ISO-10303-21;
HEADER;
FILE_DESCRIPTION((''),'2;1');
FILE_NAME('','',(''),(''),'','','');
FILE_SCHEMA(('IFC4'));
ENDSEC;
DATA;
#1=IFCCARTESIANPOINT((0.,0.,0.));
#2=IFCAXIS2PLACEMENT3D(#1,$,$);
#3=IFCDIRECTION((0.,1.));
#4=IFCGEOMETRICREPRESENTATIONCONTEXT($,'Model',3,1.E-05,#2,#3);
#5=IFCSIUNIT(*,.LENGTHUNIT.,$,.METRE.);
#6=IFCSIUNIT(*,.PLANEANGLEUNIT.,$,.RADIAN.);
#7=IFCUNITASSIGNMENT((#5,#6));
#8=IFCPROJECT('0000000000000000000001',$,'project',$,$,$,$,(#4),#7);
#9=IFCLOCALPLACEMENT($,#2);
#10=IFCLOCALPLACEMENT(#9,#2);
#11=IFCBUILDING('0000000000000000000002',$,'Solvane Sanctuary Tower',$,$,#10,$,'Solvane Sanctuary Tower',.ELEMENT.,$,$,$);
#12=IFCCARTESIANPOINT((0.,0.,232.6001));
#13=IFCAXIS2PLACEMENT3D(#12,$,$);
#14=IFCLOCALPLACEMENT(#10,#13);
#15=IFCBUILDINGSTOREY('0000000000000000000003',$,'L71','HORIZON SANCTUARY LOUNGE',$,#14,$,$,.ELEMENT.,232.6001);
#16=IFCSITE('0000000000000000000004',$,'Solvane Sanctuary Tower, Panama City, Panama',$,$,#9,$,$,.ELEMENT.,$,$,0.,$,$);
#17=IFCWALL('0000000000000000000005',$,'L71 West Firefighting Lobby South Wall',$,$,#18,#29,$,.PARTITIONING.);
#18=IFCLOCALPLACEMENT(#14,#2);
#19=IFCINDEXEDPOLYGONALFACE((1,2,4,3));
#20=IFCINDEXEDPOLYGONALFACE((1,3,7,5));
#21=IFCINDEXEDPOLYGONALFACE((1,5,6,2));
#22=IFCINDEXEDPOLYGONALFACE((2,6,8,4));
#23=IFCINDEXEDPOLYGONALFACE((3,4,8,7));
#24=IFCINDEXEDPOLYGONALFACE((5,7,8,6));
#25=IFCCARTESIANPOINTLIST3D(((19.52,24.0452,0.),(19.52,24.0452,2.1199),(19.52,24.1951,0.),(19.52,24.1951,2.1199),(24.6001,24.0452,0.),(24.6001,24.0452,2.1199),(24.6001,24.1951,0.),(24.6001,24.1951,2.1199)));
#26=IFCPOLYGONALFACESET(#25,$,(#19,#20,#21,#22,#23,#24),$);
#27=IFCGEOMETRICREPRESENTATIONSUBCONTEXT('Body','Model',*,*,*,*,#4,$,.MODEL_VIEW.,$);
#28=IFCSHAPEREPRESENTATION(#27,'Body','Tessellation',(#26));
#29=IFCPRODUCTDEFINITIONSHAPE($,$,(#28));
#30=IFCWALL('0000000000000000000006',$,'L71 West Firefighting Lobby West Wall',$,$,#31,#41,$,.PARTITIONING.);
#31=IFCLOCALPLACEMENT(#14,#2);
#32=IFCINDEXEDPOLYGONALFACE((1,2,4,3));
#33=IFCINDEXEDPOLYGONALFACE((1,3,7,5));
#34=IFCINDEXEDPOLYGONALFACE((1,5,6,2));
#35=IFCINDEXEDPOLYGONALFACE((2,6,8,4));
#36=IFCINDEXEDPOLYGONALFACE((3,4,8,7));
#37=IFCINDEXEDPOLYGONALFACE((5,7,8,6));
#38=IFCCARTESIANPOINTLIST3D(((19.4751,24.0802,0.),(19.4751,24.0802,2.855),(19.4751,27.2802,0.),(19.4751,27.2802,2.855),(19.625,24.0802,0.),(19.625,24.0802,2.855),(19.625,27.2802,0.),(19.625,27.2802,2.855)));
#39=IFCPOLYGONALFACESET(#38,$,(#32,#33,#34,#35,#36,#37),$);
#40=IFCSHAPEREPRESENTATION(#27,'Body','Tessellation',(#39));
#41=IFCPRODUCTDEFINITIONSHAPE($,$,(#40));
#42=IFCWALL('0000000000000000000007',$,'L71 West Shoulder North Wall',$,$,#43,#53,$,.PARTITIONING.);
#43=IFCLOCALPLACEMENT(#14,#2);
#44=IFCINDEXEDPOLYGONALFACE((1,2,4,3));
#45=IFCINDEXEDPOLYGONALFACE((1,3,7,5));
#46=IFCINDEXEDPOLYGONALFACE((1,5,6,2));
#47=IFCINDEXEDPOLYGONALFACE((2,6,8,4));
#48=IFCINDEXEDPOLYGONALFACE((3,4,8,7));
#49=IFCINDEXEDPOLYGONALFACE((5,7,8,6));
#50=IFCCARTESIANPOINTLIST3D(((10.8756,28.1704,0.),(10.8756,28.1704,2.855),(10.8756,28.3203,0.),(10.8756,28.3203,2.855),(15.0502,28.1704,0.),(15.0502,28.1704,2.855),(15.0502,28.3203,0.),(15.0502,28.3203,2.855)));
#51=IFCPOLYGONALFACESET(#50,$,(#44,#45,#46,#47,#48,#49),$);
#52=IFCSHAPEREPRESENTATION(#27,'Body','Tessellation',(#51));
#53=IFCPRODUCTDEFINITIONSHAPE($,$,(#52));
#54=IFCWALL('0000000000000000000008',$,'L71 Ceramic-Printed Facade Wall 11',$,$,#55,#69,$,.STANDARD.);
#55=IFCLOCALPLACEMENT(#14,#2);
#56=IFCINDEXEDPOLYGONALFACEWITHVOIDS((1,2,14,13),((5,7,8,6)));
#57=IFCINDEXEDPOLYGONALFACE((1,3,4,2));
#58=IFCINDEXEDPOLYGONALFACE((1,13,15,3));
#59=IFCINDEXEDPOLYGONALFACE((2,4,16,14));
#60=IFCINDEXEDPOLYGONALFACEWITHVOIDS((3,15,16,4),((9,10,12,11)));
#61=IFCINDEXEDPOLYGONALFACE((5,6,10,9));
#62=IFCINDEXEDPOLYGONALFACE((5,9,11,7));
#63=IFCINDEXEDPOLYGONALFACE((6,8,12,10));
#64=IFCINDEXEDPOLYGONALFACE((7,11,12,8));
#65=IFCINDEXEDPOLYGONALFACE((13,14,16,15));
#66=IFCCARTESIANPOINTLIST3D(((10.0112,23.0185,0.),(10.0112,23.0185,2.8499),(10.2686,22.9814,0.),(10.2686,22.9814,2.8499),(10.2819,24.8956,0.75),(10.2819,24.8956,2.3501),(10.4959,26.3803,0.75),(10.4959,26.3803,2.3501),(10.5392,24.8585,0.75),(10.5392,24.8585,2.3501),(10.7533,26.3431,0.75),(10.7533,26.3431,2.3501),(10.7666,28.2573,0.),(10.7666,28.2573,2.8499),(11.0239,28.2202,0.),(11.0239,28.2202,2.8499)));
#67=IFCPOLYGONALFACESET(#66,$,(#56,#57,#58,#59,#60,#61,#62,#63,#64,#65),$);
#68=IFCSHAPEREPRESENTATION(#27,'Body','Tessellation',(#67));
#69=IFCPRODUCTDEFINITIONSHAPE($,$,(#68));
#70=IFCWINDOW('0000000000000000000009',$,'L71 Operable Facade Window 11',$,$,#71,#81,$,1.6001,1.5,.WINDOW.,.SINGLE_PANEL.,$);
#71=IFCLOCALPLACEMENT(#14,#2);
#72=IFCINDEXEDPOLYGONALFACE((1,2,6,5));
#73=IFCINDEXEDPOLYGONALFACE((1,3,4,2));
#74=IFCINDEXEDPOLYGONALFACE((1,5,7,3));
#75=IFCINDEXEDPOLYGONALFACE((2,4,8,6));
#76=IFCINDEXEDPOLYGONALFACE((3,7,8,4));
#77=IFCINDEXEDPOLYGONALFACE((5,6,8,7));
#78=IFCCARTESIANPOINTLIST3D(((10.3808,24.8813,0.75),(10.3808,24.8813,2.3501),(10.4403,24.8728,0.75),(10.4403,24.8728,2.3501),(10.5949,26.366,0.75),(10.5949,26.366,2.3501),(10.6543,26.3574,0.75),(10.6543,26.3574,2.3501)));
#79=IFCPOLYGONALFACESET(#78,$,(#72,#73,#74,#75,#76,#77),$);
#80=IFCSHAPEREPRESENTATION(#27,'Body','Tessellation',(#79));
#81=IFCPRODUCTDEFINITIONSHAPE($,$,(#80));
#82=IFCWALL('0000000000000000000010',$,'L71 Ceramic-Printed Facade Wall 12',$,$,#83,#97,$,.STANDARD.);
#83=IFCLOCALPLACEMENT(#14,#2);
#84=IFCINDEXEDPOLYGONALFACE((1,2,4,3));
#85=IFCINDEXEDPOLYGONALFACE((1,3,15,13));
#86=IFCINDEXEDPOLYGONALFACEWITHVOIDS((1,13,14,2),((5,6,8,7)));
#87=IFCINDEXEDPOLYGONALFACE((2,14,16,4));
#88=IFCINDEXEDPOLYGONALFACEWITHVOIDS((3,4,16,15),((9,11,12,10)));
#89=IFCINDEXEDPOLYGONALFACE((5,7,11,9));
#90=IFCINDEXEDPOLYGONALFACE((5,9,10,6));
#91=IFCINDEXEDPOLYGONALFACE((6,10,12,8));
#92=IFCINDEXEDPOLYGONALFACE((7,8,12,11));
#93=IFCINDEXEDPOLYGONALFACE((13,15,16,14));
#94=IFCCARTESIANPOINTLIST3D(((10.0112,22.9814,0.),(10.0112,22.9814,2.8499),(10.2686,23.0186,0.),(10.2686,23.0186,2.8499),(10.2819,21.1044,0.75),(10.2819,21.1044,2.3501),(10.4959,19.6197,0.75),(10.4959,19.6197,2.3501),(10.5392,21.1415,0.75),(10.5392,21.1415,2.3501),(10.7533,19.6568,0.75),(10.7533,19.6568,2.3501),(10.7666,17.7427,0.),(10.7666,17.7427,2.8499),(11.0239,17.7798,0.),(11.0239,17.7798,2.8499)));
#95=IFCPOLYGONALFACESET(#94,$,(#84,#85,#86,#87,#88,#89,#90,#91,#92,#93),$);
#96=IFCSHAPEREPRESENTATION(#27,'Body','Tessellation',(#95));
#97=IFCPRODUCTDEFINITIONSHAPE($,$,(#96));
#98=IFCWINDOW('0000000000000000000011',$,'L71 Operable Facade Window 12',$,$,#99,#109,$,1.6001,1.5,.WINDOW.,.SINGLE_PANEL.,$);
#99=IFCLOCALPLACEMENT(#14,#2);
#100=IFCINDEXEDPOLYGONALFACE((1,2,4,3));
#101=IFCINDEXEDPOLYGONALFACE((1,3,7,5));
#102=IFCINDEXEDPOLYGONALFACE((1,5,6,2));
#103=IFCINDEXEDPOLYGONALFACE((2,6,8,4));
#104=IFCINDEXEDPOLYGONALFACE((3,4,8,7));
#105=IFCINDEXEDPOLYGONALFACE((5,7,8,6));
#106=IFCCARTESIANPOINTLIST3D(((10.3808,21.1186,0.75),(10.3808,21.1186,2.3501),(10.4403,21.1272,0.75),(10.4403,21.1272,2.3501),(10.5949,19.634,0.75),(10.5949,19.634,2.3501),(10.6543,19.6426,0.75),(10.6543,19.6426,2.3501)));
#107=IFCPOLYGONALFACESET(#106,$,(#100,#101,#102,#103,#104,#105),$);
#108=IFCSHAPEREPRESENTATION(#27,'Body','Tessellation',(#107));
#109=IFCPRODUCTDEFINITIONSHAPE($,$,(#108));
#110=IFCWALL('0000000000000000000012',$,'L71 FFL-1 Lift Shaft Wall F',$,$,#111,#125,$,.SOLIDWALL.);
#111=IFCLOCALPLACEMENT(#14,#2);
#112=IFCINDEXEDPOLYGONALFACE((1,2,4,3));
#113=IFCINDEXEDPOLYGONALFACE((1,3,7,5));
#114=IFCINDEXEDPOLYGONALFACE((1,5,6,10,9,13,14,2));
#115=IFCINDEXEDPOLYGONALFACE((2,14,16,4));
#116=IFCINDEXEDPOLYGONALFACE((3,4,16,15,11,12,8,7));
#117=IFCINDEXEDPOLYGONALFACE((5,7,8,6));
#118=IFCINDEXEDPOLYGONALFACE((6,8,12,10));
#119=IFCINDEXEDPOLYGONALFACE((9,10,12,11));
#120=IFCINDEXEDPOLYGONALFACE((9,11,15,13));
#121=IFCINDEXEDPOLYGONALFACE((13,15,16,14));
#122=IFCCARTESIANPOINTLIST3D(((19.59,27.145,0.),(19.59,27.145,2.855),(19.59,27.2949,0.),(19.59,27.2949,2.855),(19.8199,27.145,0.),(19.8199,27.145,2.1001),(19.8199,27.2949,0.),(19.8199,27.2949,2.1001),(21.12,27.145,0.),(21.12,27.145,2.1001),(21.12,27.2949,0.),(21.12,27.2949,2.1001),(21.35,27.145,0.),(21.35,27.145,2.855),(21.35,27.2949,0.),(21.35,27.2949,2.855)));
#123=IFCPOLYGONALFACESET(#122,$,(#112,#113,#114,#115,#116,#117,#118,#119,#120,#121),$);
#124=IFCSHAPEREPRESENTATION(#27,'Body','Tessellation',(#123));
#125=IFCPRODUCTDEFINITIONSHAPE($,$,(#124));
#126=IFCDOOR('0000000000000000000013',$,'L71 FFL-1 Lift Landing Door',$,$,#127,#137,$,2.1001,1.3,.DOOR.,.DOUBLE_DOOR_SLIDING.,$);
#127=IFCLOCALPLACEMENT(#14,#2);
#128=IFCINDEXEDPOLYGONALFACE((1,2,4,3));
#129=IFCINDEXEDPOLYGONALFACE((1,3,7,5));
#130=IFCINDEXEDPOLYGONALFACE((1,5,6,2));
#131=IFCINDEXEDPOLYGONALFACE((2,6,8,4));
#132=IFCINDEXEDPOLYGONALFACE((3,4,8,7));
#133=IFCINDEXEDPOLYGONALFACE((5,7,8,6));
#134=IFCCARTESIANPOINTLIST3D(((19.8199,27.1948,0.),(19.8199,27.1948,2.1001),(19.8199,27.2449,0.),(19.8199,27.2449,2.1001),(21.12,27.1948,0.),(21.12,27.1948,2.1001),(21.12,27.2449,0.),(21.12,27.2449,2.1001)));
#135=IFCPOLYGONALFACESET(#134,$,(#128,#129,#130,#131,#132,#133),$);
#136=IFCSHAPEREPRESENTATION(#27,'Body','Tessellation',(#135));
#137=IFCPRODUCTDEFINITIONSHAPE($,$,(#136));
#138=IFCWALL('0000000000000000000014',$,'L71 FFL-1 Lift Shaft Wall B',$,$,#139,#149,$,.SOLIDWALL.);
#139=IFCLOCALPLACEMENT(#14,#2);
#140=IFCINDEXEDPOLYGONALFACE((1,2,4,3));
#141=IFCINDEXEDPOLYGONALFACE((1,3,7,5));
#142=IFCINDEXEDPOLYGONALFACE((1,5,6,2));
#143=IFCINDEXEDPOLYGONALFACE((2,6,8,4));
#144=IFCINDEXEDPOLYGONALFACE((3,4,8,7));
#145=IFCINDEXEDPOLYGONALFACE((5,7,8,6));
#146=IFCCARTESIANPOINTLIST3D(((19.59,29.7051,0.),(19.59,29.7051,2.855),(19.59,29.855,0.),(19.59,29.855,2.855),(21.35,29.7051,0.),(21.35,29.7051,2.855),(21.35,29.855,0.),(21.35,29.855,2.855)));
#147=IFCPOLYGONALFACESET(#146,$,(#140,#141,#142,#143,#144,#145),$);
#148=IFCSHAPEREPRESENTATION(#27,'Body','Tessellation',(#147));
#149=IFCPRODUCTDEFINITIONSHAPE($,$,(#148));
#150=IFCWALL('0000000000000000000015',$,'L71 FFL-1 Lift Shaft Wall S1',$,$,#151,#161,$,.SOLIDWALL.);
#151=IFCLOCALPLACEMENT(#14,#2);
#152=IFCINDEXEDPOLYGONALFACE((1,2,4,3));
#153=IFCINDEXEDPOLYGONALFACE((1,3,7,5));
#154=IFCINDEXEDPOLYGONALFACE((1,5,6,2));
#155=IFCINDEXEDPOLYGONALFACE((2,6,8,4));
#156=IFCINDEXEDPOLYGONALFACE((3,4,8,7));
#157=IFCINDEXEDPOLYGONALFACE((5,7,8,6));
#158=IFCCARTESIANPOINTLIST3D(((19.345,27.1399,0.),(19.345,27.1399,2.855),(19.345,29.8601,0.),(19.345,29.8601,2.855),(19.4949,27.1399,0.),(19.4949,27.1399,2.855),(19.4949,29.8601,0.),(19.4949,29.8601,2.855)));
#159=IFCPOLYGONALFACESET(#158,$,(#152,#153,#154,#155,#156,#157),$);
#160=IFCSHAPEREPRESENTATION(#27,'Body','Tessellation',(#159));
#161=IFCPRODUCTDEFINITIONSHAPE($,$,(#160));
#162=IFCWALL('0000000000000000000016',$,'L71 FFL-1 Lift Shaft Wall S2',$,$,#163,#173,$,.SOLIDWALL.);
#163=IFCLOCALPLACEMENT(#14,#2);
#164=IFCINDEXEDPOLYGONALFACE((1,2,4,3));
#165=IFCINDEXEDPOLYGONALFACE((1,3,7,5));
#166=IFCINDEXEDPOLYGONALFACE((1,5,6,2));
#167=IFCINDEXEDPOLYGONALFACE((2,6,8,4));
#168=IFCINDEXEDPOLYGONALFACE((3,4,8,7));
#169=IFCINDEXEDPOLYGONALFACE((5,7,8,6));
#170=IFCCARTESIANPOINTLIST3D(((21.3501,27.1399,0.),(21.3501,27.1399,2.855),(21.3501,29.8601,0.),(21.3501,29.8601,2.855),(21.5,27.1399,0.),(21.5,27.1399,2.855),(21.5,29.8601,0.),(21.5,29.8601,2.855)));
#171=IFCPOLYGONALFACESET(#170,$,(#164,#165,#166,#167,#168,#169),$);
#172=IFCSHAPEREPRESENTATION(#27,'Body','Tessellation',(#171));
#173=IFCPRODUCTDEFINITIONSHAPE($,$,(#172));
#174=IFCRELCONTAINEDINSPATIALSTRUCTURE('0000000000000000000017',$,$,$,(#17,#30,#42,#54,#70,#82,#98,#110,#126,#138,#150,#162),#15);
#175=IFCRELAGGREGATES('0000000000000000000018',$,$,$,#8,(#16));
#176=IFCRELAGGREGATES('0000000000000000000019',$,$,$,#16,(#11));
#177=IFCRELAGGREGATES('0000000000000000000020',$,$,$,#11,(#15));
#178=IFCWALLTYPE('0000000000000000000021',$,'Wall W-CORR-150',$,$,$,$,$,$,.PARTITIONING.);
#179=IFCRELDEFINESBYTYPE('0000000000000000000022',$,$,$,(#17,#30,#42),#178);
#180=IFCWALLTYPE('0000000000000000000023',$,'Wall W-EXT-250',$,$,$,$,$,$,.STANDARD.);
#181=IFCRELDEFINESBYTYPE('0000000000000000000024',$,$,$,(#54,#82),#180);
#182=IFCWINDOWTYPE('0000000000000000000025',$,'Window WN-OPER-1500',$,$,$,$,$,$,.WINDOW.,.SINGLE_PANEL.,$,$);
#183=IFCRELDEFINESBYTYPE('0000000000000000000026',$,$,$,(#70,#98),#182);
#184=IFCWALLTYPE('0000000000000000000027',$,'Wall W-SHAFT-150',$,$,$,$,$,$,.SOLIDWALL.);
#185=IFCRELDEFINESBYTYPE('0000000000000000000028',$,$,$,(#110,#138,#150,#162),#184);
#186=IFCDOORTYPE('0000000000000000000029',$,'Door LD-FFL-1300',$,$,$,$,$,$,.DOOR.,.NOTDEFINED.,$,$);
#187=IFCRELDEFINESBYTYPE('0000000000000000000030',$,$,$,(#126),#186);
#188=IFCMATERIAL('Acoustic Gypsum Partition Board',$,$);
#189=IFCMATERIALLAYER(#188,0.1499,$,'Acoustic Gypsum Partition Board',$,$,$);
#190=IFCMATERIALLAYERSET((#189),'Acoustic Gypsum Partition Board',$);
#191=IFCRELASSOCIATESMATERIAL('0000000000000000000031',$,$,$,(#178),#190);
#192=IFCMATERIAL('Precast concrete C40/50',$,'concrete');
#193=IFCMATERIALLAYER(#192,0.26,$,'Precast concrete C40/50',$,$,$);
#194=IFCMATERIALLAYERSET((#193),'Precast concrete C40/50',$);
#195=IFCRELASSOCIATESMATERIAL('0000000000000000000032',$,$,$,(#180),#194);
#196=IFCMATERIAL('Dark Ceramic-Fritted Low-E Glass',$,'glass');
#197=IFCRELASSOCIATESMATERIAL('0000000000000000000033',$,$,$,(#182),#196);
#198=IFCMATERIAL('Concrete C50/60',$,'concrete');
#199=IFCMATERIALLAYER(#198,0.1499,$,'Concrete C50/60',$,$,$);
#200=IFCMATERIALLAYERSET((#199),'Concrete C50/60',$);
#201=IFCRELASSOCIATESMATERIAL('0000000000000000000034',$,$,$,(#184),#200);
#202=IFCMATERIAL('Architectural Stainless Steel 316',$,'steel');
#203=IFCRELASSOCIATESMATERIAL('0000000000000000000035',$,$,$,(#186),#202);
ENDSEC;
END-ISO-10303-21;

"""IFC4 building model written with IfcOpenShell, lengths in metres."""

from ifc_helpers import new_model, si_unit, direction, frame, frame_2d, origin, place, context, subcontext, project, spatial, rectangle, extrude, material, layer, layer_set, type_object, element, fill, save


model = new_model("IFC4")

# Units and contexts
model_context = context("Model", 3, precision=1e-05, world=origin(), true_north=direction((0.0, 1.0)))
body_context = subcontext(model_context, "Body", "Model", "MODEL_VIEW")
ifc_project = project(units=[si_unit("LENGTHUNIT", "METRE"), si_unit("PLANEANGLEUNIT", "RADIAN")], contexts=[model_context])

# Site, building, storey
site_placement = place(None, origin())
site = spatial("IfcSite", under=ifc_project, at=site_placement, Name="Solvane Sanctuary Tower, Panama City, Panama", CompositionType="ELEMENT", RefElevation=0.0)
building_placement = place(site_placement, origin())
building = spatial("IfcBuilding", under=site, at=building_placement, Name="Solvane Sanctuary Tower", LongName="Solvane Sanctuary Tower", CompositionType="ELEMENT")
storey_placement = place(building_placement, frame((0.0, 0.0, 232.6001)))
storey = spatial("IfcBuildingStorey", under=building, at=storey_placement, Name="L71", Description="HORIZON SANCTUARY LOUNGE", CompositionType="ELEMENT", Elevation=232.6001)

# Walls
ifc_material_1 = material(Name="Acoustic Gypsum Partition Board")
ifc_layer_1 = layer(ifc_material_1, 0.1499, Name="Acoustic Gypsum Partition Board")
ifc_layer_set_1 = layer_set([ifc_layer_1], Name="Acoustic Gypsum Partition Board")
wall_type_1 = type_object("IfcWallType", Name="Wall W-CORR-150", PredefinedType="PARTITIONING", material=ifc_layer_set_1)
wall_1_placement = place(storey_placement, frame((19.52, 24.1201, 0.0), z_axis=(0.0, 0.0, 1.0), x_axis=(1.0, 0.0, 0.0)))
element("IfcWall", 1, at=wall_1_placement, inside=storey, type_object=wall_type_1, Name="L71 West Firefighting Lobby South Wall", PredefinedType="PARTITIONING", context=body_context, shape_type="SweptSolid", body=[
    extrude(rectangle(XDim=5.0801, YDim=0.1499, at=frame_2d((2.54, 0.0))), origin(), (0.0, 0.0, 1.0), 2.1199),
])
wall_2_placement = place(storey_placement, frame((19.55, 24.0801, 0.0), z_axis=(0.0, 0.0, 1.0), x_axis=(0.0, 1.0, 0.0)))
element("IfcWall", 2, at=wall_2_placement, inside=storey, type_object=wall_type_1, Name="L71 West Firefighting Lobby West Wall", PredefinedType="PARTITIONING", context=body_context, shape_type="SweptSolid", body=[
    extrude(rectangle(XDim=3.2, YDim=0.1499, at=frame_2d((1.6001, 0.0))), origin(), (0.0, 0.0, 1.0), 2.855),
])
wall_3_placement = place(storey_placement, frame((10.8755, 28.2454, 0.0), z_axis=(0.0, 0.0, 1.0), x_axis=(1.0, 0.0, 0.0)))
element("IfcWall", 3, at=wall_3_placement, inside=storey, type_object=wall_type_1, Name="L71 West Shoulder North Wall", PredefinedType="PARTITIONING", context=body_context, shape_type="SweptSolid", body=[
    extrude(rectangle(XDim=4.1746, YDim=0.1499, at=frame_2d((2.0874, 0.0))), origin(), (0.0, 0.0, 1.0), 2.855),
])

# Walls, openings, windows
ifc_material_2 = material(Name="Precast concrete C40/50", Category="concrete")
ifc_layer_2 = layer(ifc_material_2, 0.26, Name="Precast concrete C40/50")
ifc_layer_set_2 = layer_set([ifc_layer_2], Name="Precast concrete C40/50")
wall_type_2 = type_object("IfcWallType", Name="Wall W-EXT-250", PredefinedType="STANDARD", material=ifc_layer_set_2)
wall_4_placement = place(storey_placement, frame((10.8953, 28.2388, 0.0), z_axis=(0.0, 0.0, 1.0), x_axis=(-0.142713, -0.989764, 0.0)))
wall_4 = element("IfcWall", 4, at=wall_4_placement, inside=storey, type_object=wall_type_2, Name="L71 Ceramic-Printed Facade Wall 11", PredefinedType="STANDARD", context=body_context, shape_type="SweptSolid", body=[
    extrude(rectangle(XDim=5.293, YDim=0.26, at=frame_2d((2.6465, 0.0))), origin(), (0.0, 0.0, 1.0), 2.8499),
])
opening_1_placement = place(wall_4_placement, frame((1.8965, 0.0, 0.75)))
opening_1 = element("IfcOpeningElement", 5, at=opening_1_placement, cuts=wall_4, PredefinedType="OPENING", context=body_context, shape_type="SweptSolid", body=[
    extrude(rectangle(XDim=1.5, YDim=1.6001, at=frame_2d((0.75, 0.8))), frame((0.0, 0.1399, 0.0), z_axis=(0.0, -1.0, 0.0), x_axis=(1.0, 0.0, 0.0)), (0.0, 0.0, 1.0), 0.28),
])
ifc_material_3 = material(Name="Dark Ceramic-Fritted Low-E Glass", Category="glass")
window_type = type_object("IfcWindowType", Name="Window WN-OPER-1500", PartitioningType="SINGLE_PANEL", PredefinedType="WINDOW", material=ifc_material_3)
window_1_placement = place(opening_1_placement, origin())
window_1 = element("IfcWindow", 6, at=window_1_placement, inside=storey, type_object=window_type, Name="L71 Operable Facade Window 11", OverallHeight=1.6001, OverallWidth=1.5, PartitioningType="SINGLE_PANEL", PredefinedType="WINDOW", context=body_context, shape_type="SweptSolid", body=[
    extrude(rectangle(XDim=1.5, YDim=1.6001, at=frame_2d((0.75, 0.8))), frame((0.0, 0.03, 0.0), z_axis=(0.0, -1.0, 0.0), x_axis=(1.0, 0.0, 0.0)), (0.0, 0.0, 1.0), 0.0601),
])
fill(opening_1, window_1)
wall_5_placement = place(storey_placement, frame((10.1399, 23.0, 0.0), z_axis=(0.0, 0.0, 1.0), x_axis=(0.142713, -0.989764, 0.0)))
wall_5 = element("IfcWall", 7, at=wall_5_placement, inside=storey, type_object=wall_type_2, Name="L71 Ceramic-Printed Facade Wall 12", PredefinedType="STANDARD", context=body_context, shape_type="SweptSolid", body=[
    extrude(rectangle(XDim=5.293, YDim=0.26, at=frame_2d((2.6465, 0.0))), origin(), (0.0, 0.0, 1.0), 2.8499),
])
opening_2_placement = place(wall_5_placement, frame((1.8965, 0.0, 0.75)))
opening_2 = element("IfcOpeningElement", 8, at=opening_2_placement, cuts=wall_5, PredefinedType="OPENING", context=body_context, shape_type="SweptSolid", body=[
    extrude(rectangle(XDim=1.5, YDim=1.6001, at=frame_2d((0.75, 0.8))), frame((0.0, 0.1399, 0.0), z_axis=(0.0, -1.0, 0.0), x_axis=(1.0, 0.0, 0.0)), (0.0, 0.0, 1.0), 0.28),
])
window_2_placement = place(opening_2_placement, origin())
window_2 = element("IfcWindow", 9, at=window_2_placement, inside=storey, type_object=window_type, Name="L71 Operable Facade Window 12", OverallHeight=1.6001, OverallWidth=1.5, PartitioningType="SINGLE_PANEL", PredefinedType="WINDOW", context=body_context, shape_type="SweptSolid", body=[
    extrude(rectangle(XDim=1.5, YDim=1.6001, at=frame_2d((0.75, 0.8))), frame((0.0, 0.03, 0.0), z_axis=(0.0, -1.0, 0.0), x_axis=(1.0, 0.0, 0.0)), (0.0, 0.0, 1.0), 0.0601),
])
fill(opening_2, window_2)

# Wall, opening, door
ifc_material_4 = material(Name="Concrete C50/60", Category="concrete")
ifc_layer_3 = layer(ifc_material_4, 0.1499, Name="Concrete C50/60")
ifc_layer_set_3 = layer_set([ifc_layer_3], Name="Concrete C50/60")
wall_type_3 = type_object("IfcWallType", Name="Wall W-SHAFT-150", PredefinedType="SOLIDWALL", material=ifc_layer_set_3)
wall_6_placement = place(storey_placement, frame((19.5901, 27.22, 0.0), z_axis=(0.0, 0.0, 1.0), x_axis=(1.0, 0.0, 0.0)))
wall_6 = element("IfcWall", 10, at=wall_6_placement, inside=storey, type_object=wall_type_3, Name="L71 FFL-1 Lift Shaft Wall F", PredefinedType="SOLIDWALL", context=body_context, shape_type="SweptSolid", body=[
    extrude(rectangle(XDim=1.76, YDim=0.1499, at=frame_2d((0.8799, 0.0))), origin(), (0.0, 0.0, 1.0), 2.855),
])
opening_3_placement = place(wall_6_placement, frame((0.23, 0.0, 0.0)))
opening_3 = element("IfcOpeningElement", 11, at=opening_3_placement, cuts=wall_6, PredefinedType="OPENING", context=body_context, shape_type="SweptSolid", body=[
    extrude(rectangle(XDim=1.3, YDim=2.1001, at=frame_2d((0.6499, 1.05))), frame((0.0, 0.085, 0.0), z_axis=(0.0, -1.0, 0.0), x_axis=(1.0, 0.0, 0.0)), (0.0, 0.0, 1.0), 0.1699),
])
ifc_material_5 = material(Name="Architectural Stainless Steel 316", Category="steel")
door_type = type_object("IfcDoorType", Name="Door LD-FFL-1300", OperationType="NOTDEFINED", PredefinedType="DOOR", material=ifc_material_5)
door_1_placement = place(opening_3_placement, origin())
door_1 = element("IfcDoor", 12, at=door_1_placement, inside=storey, type_object=door_type, Name="L71 FFL-1 Lift Landing Door", OperationType="DOUBLE_DOOR_SLIDING", OverallHeight=2.1001, OverallWidth=1.3, PredefinedType="DOOR", context=body_context, shape_type="SweptSolid", body=[
    extrude(rectangle(XDim=1.3, YDim=2.1001, at=frame_2d((0.6499, 1.05))), frame((0.0, 0.0249, 0.0), z_axis=(0.0, -1.0, 0.0), x_axis=(1.0, 0.0, 0.0)), (0.0, 0.0, 1.0), 0.05),
])
fill(opening_3, door_1)

# Walls
wall_7_placement = place(storey_placement, frame((19.5901, 29.78, 0.0), z_axis=(0.0, 0.0, 1.0), x_axis=(1.0, 0.0, 0.0)))
element("IfcWall", 13, at=wall_7_placement, inside=storey, type_object=wall_type_3, Name="L71 FFL-1 Lift Shaft Wall B", PredefinedType="SOLIDWALL", context=body_context, shape_type="SweptSolid", body=[
    extrude(rectangle(XDim=1.76, YDim=0.1499, at=frame_2d((0.8799, 0.0))), origin(), (0.0, 0.0, 1.0), 2.855),
])
for number, where, z_axis, x_axis, name in (
    (14, (19.4199, 27.1399, 0.0), (0.0, 0.0, 1.0), (0.0, 1.0, 0.0), "L71 FFL-1 Lift Shaft Wall S1"),
    (15, (21.425, 27.1399, 0.0), (0.0, 0.0, 1.0), (0.0, 1.0, 0.0), "L71 FFL-1 Lift Shaft Wall S2"),
):
    element("IfcWall", number, at=place(storey_placement, frame(where, z_axis=z_axis, x_axis=x_axis)), inside=storey, type_object=wall_type_3, Name=name, PredefinedType="SOLIDWALL", context=body_context, shape_type="SweptSolid", body=[
        extrude(rectangle(XDim=2.7202, YDim=0.1499, at=frame_2d((1.3601, 0.0))), origin(), (0.0, 0.0, 1.0), 2.855),
    ])

save(model, "model.ifc")
